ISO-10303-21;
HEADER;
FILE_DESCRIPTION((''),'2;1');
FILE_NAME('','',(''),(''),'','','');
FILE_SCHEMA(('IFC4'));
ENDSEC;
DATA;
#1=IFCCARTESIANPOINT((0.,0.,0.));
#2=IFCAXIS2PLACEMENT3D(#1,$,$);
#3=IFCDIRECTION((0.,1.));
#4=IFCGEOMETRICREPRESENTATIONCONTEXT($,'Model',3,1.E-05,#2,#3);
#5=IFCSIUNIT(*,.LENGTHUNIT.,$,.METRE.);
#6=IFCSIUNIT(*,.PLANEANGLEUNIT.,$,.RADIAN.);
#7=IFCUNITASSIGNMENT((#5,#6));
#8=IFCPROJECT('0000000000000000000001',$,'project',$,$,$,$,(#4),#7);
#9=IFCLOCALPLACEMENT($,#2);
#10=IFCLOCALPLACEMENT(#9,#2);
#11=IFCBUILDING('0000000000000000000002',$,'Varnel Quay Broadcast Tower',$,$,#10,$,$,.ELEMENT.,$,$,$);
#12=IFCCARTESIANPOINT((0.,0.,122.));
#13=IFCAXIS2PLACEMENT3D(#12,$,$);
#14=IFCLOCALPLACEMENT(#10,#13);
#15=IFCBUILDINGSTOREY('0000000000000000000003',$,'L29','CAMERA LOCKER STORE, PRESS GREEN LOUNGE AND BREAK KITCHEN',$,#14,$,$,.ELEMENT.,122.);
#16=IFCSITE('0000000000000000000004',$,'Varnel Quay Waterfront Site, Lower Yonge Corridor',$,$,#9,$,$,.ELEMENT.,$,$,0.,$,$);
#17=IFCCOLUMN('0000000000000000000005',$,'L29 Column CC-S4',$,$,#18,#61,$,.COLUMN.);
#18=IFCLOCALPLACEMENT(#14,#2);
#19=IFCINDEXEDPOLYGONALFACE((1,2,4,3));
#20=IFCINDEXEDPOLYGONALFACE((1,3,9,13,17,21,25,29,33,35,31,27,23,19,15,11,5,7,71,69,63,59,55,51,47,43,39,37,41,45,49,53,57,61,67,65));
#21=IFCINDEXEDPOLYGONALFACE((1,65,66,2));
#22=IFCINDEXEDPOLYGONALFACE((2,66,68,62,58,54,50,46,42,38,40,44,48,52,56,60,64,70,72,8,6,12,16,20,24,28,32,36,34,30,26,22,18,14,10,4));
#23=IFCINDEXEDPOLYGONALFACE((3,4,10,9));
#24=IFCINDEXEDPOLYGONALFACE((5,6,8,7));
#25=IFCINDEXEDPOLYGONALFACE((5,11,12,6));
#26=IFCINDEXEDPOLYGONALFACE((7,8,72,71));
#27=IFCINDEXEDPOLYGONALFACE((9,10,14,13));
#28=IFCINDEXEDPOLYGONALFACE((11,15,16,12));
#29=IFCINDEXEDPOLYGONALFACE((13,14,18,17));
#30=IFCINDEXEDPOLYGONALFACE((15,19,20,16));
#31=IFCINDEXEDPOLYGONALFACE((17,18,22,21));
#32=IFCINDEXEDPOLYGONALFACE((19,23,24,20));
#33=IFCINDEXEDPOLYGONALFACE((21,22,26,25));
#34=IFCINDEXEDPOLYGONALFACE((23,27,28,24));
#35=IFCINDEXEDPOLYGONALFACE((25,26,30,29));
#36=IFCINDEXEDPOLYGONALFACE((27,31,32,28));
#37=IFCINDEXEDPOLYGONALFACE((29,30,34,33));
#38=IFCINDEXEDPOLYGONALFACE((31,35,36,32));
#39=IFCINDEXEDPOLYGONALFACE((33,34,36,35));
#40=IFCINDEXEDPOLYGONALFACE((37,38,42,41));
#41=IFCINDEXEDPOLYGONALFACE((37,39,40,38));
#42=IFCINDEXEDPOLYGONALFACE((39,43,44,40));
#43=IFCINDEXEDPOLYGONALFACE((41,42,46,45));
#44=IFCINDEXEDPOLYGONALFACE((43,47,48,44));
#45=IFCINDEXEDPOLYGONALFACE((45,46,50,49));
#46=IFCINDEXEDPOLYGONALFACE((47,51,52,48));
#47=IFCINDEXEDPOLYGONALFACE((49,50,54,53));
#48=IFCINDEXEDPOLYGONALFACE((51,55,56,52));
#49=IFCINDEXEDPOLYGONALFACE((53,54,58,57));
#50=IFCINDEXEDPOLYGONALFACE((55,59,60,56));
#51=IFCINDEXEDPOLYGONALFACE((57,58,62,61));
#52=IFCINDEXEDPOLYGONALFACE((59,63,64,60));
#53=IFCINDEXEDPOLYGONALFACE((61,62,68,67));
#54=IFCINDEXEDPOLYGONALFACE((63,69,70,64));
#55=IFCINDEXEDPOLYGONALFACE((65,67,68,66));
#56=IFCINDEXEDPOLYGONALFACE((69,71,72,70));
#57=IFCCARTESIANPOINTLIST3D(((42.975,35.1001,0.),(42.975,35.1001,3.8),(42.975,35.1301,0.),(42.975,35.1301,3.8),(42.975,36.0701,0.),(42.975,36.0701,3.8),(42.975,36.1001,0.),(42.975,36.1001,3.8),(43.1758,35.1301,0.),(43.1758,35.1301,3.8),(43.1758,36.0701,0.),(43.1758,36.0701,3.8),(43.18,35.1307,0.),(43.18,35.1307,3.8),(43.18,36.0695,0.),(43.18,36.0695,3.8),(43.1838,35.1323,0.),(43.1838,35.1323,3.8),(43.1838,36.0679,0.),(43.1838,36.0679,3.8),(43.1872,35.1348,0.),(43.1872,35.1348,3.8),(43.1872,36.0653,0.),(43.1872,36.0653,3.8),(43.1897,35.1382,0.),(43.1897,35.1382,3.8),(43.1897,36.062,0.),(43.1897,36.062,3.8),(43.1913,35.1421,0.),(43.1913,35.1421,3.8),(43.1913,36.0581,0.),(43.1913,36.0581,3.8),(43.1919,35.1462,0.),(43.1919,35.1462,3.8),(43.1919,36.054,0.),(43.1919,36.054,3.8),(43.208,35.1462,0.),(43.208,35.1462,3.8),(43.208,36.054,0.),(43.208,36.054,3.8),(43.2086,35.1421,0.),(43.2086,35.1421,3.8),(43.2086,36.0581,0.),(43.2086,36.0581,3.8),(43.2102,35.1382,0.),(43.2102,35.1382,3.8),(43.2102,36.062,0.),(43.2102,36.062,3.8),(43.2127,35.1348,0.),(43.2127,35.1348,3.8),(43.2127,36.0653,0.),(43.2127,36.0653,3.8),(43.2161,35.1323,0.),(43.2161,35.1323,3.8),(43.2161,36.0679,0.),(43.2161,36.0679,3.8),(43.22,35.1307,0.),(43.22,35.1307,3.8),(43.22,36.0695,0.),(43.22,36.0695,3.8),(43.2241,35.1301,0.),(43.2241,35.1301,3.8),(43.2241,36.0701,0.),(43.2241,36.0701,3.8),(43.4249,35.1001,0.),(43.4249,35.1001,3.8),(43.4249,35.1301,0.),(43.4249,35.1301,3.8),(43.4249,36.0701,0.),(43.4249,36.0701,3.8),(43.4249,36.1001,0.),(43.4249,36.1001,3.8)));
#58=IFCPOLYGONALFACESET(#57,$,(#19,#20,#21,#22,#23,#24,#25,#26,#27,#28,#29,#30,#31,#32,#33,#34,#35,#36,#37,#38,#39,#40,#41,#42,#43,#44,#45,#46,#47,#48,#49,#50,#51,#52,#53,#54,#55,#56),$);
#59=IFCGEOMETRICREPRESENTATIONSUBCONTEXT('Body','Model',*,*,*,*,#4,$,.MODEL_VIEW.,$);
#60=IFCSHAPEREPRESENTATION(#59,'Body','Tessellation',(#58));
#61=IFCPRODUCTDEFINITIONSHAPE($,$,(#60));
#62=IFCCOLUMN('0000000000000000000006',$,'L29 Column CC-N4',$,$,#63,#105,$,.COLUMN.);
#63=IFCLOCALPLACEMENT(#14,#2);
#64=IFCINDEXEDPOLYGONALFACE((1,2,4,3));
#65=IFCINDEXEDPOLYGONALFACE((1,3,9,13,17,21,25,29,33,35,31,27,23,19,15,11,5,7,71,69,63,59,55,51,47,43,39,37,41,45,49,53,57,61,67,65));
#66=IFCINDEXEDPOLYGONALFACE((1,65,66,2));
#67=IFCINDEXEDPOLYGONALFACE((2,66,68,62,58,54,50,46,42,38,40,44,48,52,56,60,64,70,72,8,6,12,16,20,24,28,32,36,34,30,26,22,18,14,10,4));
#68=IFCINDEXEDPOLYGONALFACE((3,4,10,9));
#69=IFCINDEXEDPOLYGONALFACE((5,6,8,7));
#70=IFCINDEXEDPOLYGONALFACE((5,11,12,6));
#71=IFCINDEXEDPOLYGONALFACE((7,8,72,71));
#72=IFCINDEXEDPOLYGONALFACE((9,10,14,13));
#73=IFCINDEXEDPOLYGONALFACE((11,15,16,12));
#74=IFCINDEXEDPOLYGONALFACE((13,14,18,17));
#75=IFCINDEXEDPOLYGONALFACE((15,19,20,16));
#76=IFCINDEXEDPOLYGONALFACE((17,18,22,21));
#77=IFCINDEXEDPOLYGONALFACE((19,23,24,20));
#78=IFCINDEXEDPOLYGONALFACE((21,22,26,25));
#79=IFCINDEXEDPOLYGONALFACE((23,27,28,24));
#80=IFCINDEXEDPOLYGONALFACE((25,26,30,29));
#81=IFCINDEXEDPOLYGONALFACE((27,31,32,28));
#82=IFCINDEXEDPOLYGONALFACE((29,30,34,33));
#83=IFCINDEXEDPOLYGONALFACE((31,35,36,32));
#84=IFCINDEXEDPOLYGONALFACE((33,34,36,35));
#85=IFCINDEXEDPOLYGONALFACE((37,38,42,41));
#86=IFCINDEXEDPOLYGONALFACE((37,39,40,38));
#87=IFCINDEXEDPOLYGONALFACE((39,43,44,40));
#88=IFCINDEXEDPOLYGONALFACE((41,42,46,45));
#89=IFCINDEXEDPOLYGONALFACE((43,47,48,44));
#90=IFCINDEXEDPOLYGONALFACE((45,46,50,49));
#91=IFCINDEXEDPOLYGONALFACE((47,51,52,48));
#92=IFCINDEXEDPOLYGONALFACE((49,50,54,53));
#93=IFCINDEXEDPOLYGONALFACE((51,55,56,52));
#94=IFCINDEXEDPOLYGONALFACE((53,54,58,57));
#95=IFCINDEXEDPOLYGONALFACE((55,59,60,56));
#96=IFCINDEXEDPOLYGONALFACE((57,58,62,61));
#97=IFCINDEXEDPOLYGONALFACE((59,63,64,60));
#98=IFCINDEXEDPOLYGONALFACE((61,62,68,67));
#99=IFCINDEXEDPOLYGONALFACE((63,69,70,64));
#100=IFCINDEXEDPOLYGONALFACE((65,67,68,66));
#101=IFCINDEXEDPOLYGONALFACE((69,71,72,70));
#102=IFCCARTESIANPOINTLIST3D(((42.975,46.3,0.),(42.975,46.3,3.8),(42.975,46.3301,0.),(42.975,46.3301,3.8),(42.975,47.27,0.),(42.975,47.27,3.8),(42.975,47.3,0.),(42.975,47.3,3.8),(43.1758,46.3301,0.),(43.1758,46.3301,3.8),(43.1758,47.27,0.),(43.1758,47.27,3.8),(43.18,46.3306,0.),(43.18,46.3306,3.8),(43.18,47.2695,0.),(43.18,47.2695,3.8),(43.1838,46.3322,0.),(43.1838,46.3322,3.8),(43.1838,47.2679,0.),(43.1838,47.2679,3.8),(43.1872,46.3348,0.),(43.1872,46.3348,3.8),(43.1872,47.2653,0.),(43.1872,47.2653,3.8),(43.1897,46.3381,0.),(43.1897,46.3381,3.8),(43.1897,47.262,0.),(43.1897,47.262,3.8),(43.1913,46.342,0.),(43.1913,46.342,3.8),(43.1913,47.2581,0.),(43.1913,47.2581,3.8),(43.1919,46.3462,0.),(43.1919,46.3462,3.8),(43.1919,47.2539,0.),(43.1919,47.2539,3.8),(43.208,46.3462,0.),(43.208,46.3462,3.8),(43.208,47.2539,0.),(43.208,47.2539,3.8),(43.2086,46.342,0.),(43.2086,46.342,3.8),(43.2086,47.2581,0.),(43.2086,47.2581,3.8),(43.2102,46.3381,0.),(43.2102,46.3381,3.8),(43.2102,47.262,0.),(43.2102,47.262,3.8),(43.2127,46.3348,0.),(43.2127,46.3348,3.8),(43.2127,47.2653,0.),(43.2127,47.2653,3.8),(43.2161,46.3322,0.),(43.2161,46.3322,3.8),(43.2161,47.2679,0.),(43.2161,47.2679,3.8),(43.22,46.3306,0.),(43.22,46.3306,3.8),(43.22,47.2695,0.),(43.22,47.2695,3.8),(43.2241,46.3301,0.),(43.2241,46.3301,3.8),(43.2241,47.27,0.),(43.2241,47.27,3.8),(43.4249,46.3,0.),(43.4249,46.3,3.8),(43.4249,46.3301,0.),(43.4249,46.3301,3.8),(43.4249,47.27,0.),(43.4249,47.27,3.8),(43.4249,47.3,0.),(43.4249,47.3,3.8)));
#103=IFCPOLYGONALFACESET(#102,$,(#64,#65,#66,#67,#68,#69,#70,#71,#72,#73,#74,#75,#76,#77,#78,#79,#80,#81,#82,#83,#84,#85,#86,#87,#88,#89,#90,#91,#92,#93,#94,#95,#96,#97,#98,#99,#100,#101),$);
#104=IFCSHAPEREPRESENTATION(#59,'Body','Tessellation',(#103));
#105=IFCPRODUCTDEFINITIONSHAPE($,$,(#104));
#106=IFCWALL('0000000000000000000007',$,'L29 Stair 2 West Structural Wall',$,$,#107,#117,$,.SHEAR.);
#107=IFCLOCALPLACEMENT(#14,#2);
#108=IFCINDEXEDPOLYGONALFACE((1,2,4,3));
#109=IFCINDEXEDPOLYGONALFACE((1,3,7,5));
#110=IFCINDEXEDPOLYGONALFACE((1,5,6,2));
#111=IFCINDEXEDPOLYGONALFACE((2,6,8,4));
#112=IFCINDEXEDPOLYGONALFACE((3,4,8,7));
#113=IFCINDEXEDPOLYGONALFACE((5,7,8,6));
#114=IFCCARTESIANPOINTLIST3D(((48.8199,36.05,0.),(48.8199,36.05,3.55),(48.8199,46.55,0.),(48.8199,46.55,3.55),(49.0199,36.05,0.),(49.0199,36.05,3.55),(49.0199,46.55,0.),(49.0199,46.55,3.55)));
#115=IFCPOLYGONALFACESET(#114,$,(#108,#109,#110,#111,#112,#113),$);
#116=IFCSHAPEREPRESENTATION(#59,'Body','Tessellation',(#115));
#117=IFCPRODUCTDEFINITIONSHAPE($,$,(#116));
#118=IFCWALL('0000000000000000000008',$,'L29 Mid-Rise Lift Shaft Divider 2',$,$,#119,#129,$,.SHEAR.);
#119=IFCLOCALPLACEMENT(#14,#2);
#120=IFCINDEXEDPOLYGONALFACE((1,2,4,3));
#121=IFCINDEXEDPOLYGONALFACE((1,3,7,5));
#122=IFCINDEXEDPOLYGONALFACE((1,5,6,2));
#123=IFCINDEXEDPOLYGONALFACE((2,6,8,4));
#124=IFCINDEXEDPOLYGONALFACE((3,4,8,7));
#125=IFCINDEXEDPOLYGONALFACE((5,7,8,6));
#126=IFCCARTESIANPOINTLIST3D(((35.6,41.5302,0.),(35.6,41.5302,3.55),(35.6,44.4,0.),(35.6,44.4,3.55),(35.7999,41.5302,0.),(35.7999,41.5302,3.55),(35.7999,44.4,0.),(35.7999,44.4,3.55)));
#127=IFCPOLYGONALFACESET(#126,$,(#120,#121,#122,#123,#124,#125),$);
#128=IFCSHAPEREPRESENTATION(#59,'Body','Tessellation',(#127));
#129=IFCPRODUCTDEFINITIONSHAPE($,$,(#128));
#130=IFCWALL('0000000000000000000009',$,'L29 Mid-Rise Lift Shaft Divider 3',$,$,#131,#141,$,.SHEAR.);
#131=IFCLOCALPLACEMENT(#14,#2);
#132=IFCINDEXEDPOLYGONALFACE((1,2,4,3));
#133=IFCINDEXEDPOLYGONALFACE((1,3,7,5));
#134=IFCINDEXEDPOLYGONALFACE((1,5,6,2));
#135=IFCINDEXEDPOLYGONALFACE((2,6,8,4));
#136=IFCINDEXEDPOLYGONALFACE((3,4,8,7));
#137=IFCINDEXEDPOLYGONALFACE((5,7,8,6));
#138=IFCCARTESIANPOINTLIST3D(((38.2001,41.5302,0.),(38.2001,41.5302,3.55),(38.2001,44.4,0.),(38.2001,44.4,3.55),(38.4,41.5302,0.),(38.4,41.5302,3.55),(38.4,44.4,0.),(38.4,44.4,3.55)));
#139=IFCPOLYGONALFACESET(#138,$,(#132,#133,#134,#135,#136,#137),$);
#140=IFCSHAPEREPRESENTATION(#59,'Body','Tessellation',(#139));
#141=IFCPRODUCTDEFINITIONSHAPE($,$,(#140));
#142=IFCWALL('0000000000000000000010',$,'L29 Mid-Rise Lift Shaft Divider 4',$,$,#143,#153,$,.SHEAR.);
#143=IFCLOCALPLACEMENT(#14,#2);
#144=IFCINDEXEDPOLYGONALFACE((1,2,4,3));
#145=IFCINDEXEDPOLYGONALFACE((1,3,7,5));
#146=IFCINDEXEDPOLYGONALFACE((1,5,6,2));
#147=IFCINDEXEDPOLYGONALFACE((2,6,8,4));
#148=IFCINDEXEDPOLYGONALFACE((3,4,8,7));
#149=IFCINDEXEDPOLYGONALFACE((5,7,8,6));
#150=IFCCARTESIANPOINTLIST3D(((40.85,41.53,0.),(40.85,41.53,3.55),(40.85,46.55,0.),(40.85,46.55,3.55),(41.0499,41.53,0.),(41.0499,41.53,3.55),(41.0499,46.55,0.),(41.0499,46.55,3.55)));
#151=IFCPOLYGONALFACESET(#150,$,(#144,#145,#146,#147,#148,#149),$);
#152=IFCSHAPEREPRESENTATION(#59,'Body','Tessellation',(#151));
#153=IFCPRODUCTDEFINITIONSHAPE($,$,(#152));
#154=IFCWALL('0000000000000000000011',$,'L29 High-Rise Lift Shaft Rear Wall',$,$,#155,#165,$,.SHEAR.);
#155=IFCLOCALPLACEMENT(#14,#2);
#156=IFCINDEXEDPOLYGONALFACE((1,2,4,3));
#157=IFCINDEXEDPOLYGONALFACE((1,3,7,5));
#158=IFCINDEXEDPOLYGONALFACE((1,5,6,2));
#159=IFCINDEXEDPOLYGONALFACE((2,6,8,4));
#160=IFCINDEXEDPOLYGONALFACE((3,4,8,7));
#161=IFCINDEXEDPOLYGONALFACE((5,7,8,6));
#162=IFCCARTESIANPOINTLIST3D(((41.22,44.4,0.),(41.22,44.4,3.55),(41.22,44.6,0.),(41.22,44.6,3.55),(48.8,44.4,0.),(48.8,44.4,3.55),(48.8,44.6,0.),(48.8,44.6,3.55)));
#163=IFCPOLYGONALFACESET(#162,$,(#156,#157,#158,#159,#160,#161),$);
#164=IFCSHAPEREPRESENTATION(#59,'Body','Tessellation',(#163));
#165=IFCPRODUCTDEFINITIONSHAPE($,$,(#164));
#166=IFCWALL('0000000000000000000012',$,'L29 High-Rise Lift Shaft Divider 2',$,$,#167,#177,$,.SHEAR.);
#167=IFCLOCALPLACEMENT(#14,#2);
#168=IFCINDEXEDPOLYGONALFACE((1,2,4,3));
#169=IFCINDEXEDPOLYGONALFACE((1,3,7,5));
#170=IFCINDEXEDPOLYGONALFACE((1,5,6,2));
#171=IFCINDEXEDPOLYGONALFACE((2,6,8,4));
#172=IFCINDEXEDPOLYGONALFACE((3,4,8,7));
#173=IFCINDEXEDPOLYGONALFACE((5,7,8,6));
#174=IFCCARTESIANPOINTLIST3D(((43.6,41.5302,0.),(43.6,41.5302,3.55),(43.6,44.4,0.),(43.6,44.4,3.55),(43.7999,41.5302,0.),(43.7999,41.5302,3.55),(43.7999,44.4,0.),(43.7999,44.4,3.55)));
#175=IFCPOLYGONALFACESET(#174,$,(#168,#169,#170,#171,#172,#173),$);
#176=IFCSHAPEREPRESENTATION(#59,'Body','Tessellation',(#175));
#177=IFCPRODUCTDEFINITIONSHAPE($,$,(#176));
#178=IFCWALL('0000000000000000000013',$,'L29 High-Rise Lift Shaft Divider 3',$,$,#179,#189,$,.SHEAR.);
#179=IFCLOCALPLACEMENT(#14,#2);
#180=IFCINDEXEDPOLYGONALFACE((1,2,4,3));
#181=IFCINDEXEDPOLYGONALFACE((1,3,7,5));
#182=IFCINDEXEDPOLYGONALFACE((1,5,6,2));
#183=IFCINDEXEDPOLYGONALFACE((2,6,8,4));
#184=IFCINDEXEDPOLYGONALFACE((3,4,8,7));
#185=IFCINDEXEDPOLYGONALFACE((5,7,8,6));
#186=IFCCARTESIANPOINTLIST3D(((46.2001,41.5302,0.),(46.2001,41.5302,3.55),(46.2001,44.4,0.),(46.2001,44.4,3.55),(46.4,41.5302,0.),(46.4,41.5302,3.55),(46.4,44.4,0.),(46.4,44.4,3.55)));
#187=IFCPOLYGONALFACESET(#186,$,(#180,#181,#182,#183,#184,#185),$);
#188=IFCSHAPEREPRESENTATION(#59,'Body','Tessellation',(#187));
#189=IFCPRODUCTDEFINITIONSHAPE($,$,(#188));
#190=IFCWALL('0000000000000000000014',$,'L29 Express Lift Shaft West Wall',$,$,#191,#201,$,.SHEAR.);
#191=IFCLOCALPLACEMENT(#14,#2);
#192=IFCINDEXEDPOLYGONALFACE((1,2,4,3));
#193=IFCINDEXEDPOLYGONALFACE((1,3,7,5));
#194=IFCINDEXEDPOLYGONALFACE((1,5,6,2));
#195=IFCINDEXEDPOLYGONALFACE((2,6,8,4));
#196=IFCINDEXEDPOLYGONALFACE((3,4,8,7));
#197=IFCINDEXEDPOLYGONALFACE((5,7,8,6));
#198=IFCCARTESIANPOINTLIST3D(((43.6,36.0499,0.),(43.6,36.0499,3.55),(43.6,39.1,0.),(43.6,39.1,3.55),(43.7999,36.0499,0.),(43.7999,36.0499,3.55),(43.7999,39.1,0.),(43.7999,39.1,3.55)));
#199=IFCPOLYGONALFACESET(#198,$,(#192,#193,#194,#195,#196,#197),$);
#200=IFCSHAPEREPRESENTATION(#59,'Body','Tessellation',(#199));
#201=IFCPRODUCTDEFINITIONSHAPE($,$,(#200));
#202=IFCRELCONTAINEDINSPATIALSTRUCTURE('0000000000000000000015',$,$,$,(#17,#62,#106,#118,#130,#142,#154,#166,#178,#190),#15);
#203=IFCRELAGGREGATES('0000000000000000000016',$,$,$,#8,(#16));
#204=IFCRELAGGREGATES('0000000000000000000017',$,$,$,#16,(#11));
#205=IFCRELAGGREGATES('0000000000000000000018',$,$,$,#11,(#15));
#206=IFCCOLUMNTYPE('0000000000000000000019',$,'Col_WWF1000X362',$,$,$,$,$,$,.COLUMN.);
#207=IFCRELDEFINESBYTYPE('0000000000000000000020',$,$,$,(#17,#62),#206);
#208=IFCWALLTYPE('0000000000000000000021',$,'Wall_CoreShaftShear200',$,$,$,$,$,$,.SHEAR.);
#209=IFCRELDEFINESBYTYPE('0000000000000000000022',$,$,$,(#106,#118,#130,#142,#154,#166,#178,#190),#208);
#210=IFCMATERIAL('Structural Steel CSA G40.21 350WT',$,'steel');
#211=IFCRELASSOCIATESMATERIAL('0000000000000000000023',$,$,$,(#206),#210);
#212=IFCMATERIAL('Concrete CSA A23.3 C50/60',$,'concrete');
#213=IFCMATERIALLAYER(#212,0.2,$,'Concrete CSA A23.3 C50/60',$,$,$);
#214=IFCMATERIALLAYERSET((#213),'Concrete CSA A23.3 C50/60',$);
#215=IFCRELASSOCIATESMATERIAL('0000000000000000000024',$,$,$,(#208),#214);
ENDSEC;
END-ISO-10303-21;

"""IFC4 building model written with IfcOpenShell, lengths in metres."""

from ifc_helpers import new_model, si_unit, direction, frame, frame_2d, origin, origin_2d, place, context, subcontext, project, spatial, rectangle, i_section, extrude, source, transform, mapped, material, layer, layer_set, material_profile, profile_set, type_object, type_shapes, element, save


model = new_model("IFC4")

# Units and contexts
model_context = context("Model", 3, precision=1e-05, world=origin(), true_north=direction((0.0, 1.0)))
body_context = subcontext(model_context, "Body", "Model", "MODEL_VIEW")
ifc_project = project(units=[si_unit("LENGTHUNIT", "METRE"), si_unit("PLANEANGLEUNIT", "RADIAN")], contexts=[model_context])

# Site, building, storey
site_placement = place(None, origin())
site = spatial("IfcSite", under=ifc_project, at=site_placement, Name="Varnel Quay Waterfront Site, Lower Yonge Corridor", CompositionType="ELEMENT", RefElevation=0.0)
building_placement = place(site_placement, origin())
building = spatial("IfcBuilding", under=site, at=building_placement, Name="Varnel Quay Broadcast Tower", CompositionType="ELEMENT")
storey_placement = place(building_placement, frame((0.0, 0.0, 122.0)))
storey = spatial("IfcBuildingStorey", under=building, at=storey_placement, Name="L29", Description="CAMERA LOCKER STORE, PRESS GREEN LOUNGE AND BREAK KITCHEN", CompositionType="ELEMENT", Elevation=122.0)

# Columns
ifc_material_1 = material(Name="Structural Steel CSA G40.21 350WT", Category="steel")
ifc_material_profile = material_profile(ifc_material_1, i_section(OverallWidth=0.45, OverallDepth=1.0, WebThickness=0.0161, FlangeThickness=0.03, FilletRadius=0.0161, at=origin_2d()), Name="WWF1000X362")
ifc_profile_set = profile_set([ifc_material_profile], Name="Structural Steel CSA G40.21 350WT")
column_type = type_object("IfcColumnType", Name="Col_WWF1000X362", PredefinedType="COLUMN", material=ifc_profile_set)
shared_shape_1 = source(origin(), body_context, "Body", "SweptSolid", [
    extrude(i_section(OverallWidth=0.45, OverallDepth=1.0, WebThickness=0.0161, FlangeThickness=0.03, FilletRadius=0.0161, at=origin_2d()), origin(), (0.0, 0.0, 1.0), 3.8),
])
type_shapes(column_type, [shared_shape_1])
for number, where, z_axis, x_axis, name in (
    (1, (43.2, 35.6001, 0.0), (0.0, 0.0, 1.0), (1.0, 0.0, 0.0), "L29 Column CC-S4"),
    (2, (43.2, 46.8, 0.0), (0.0, 0.0, 1.0), (1.0, 0.0, 0.0), "L29 Column CC-N4"),
):
    element("IfcColumn", number, at=place(storey_placement, frame(where, z_axis=z_axis, x_axis=x_axis)), inside=storey, type_object=column_type, Name=name, PredefinedType="COLUMN", context=body_context, shape_type="MappedRepresentation", body=[
        mapped(shared_shape_1, transform((0.0, 0.0, 0.0), x_axis=(1.0, 0.0, 0.0), y_axis=(0.0, 1.0, 0.0), z_axis=(0.0, 0.0, 1.0), scale=1.0)),
    ])

# Walls
ifc_material_2 = material(Name="Concrete CSA A23.3 C50/60", Category="concrete")
ifc_layer_1 = layer(ifc_material_2, 0.2, Name="Concrete CSA A23.3 C50/60")
ifc_layer_set_1 = layer_set([ifc_layer_1], Name="Concrete CSA A23.3 C50/60")
wall_type_1 = type_object("IfcWallType", Name="Wall_CoreShaftShear200", PredefinedType="SHEAR", material=ifc_layer_set_1)
wall_1_placement = place(storey_placement, frame((48.9199, 36.05, 0.0), z_axis=(0.0, 0.0, 1.0), x_axis=(0.0, 1.0, 0.0)))
element("IfcWall", 3, at=wall_1_placement, inside=storey, type_object=wall_type_1, Name="L29 Stair 2 West Structural Wall", PredefinedType="SHEAR", context=body_context, shape_type="SweptSolid", body=[
    extrude(rectangle(XDim=10.5, YDim=0.2, at=frame_2d((5.25, 0.0))), origin(), (0.0, 0.0, 1.0), 3.55),
])
for number, where, z_axis, x_axis, name in (
    (4, (35.7, 41.53, 0.0), (0.0, 0.0, 1.0), (0.0, 1.0, 0.0), "L29 Mid-Rise Lift Shaft Divider 2"),
    (5, (38.3, 41.53, 0.0), (0.0, 0.0, 1.0), (0.0, 1.0, 0.0), "L29 Mid-Rise Lift Shaft Divider 3"),
):
    element("IfcWall", number, at=place(storey_placement, frame(where, z_axis=z_axis, x_axis=x_axis)), inside=storey, type_object=wall_type_1, Name=name, PredefinedType="SHEAR", context=body_context, shape_type="SweptSolid", body=[
        extrude(rectangle(XDim=2.8699, YDim=0.2, at=frame_2d((1.4351, 0.0))), origin(), (0.0, 0.0, 1.0), 3.55),
    ])
wall_2_placement = place(storey_placement, frame((40.95, 41.53, 0.0), z_axis=(0.0, 0.0, 1.0), x_axis=(0.0, 1.0, 0.0)))
element("IfcWall", 6, at=wall_2_placement, inside=storey, type_object=wall_type_1, Name="L29 Mid-Rise Lift Shaft Divider 4", PredefinedType="SHEAR", context=body_context, shape_type="SweptSolid", body=[
    extrude(rectangle(XDim=5.02, YDim=0.2, at=frame_2d((2.51, 0.0))), origin(), (0.0, 0.0, 1.0), 3.55),
])
wall_3_placement = place(storey_placement, frame((41.22, 44.5, 0.0), z_axis=(0.0, 0.0, 1.0), x_axis=(1.0, 0.0, 0.0)))
element("IfcWall", 7, at=wall_3_placement, inside=storey, type_object=wall_type_1, Name="L29 High-Rise Lift Shaft Rear Wall", PredefinedType="SHEAR", context=body_context, shape_type="SweptSolid", body=[
    extrude(rectangle(XDim=7.5801, YDim=0.2, at=frame_2d((3.79, 0.0))), origin(), (0.0, 0.0, 1.0), 3.55),
])
for number, where, z_axis, x_axis, name in (
    (8, (43.7, 41.53, 0.0), (0.0, 0.0, 1.0), (0.0, 1.0, 0.0), "L29 High-Rise Lift Shaft Divider 2"),
    (9, (46.3, 41.53, 0.0), (0.0, 0.0, 1.0), (0.0, 1.0, 0.0), "L29 High-Rise Lift Shaft Divider 3"),
):
    element("IfcWall", number, at=place(storey_placement, frame(where, z_axis=z_axis, x_axis=x_axis)), inside=storey, type_object=wall_type_1, Name=name, PredefinedType="SHEAR", context=body_context, shape_type="SweptSolid", body=[
        extrude(rectangle(XDim=2.8699, YDim=0.2, at=frame_2d((1.4351, 0.0))), origin(), (0.0, 0.0, 1.0), 3.55),
    ])
for number, where, z_axis, x_axis, name in (
    (10, (43.7, 36.05, 0.0), (0.0, 0.0, 1.0), (0.0, 1.0, 0.0), "L29 Express Lift Shaft West Wall"),
):
    element("IfcWall", number, at=place(storey_placement, frame(where, z_axis=z_axis, x_axis=x_axis)), inside=storey, type_object=wall_type_1, Name=name, PredefinedType="SHEAR", context=body_context, shape_type="SweptSolid", body=[
        extrude(rectangle(XDim=3.05, YDim=0.2, at=frame_2d((1.5249, 0.0))), origin(), (0.0, 0.0, 1.0), 3.55),
    ])

save(model, "model.ifc")
